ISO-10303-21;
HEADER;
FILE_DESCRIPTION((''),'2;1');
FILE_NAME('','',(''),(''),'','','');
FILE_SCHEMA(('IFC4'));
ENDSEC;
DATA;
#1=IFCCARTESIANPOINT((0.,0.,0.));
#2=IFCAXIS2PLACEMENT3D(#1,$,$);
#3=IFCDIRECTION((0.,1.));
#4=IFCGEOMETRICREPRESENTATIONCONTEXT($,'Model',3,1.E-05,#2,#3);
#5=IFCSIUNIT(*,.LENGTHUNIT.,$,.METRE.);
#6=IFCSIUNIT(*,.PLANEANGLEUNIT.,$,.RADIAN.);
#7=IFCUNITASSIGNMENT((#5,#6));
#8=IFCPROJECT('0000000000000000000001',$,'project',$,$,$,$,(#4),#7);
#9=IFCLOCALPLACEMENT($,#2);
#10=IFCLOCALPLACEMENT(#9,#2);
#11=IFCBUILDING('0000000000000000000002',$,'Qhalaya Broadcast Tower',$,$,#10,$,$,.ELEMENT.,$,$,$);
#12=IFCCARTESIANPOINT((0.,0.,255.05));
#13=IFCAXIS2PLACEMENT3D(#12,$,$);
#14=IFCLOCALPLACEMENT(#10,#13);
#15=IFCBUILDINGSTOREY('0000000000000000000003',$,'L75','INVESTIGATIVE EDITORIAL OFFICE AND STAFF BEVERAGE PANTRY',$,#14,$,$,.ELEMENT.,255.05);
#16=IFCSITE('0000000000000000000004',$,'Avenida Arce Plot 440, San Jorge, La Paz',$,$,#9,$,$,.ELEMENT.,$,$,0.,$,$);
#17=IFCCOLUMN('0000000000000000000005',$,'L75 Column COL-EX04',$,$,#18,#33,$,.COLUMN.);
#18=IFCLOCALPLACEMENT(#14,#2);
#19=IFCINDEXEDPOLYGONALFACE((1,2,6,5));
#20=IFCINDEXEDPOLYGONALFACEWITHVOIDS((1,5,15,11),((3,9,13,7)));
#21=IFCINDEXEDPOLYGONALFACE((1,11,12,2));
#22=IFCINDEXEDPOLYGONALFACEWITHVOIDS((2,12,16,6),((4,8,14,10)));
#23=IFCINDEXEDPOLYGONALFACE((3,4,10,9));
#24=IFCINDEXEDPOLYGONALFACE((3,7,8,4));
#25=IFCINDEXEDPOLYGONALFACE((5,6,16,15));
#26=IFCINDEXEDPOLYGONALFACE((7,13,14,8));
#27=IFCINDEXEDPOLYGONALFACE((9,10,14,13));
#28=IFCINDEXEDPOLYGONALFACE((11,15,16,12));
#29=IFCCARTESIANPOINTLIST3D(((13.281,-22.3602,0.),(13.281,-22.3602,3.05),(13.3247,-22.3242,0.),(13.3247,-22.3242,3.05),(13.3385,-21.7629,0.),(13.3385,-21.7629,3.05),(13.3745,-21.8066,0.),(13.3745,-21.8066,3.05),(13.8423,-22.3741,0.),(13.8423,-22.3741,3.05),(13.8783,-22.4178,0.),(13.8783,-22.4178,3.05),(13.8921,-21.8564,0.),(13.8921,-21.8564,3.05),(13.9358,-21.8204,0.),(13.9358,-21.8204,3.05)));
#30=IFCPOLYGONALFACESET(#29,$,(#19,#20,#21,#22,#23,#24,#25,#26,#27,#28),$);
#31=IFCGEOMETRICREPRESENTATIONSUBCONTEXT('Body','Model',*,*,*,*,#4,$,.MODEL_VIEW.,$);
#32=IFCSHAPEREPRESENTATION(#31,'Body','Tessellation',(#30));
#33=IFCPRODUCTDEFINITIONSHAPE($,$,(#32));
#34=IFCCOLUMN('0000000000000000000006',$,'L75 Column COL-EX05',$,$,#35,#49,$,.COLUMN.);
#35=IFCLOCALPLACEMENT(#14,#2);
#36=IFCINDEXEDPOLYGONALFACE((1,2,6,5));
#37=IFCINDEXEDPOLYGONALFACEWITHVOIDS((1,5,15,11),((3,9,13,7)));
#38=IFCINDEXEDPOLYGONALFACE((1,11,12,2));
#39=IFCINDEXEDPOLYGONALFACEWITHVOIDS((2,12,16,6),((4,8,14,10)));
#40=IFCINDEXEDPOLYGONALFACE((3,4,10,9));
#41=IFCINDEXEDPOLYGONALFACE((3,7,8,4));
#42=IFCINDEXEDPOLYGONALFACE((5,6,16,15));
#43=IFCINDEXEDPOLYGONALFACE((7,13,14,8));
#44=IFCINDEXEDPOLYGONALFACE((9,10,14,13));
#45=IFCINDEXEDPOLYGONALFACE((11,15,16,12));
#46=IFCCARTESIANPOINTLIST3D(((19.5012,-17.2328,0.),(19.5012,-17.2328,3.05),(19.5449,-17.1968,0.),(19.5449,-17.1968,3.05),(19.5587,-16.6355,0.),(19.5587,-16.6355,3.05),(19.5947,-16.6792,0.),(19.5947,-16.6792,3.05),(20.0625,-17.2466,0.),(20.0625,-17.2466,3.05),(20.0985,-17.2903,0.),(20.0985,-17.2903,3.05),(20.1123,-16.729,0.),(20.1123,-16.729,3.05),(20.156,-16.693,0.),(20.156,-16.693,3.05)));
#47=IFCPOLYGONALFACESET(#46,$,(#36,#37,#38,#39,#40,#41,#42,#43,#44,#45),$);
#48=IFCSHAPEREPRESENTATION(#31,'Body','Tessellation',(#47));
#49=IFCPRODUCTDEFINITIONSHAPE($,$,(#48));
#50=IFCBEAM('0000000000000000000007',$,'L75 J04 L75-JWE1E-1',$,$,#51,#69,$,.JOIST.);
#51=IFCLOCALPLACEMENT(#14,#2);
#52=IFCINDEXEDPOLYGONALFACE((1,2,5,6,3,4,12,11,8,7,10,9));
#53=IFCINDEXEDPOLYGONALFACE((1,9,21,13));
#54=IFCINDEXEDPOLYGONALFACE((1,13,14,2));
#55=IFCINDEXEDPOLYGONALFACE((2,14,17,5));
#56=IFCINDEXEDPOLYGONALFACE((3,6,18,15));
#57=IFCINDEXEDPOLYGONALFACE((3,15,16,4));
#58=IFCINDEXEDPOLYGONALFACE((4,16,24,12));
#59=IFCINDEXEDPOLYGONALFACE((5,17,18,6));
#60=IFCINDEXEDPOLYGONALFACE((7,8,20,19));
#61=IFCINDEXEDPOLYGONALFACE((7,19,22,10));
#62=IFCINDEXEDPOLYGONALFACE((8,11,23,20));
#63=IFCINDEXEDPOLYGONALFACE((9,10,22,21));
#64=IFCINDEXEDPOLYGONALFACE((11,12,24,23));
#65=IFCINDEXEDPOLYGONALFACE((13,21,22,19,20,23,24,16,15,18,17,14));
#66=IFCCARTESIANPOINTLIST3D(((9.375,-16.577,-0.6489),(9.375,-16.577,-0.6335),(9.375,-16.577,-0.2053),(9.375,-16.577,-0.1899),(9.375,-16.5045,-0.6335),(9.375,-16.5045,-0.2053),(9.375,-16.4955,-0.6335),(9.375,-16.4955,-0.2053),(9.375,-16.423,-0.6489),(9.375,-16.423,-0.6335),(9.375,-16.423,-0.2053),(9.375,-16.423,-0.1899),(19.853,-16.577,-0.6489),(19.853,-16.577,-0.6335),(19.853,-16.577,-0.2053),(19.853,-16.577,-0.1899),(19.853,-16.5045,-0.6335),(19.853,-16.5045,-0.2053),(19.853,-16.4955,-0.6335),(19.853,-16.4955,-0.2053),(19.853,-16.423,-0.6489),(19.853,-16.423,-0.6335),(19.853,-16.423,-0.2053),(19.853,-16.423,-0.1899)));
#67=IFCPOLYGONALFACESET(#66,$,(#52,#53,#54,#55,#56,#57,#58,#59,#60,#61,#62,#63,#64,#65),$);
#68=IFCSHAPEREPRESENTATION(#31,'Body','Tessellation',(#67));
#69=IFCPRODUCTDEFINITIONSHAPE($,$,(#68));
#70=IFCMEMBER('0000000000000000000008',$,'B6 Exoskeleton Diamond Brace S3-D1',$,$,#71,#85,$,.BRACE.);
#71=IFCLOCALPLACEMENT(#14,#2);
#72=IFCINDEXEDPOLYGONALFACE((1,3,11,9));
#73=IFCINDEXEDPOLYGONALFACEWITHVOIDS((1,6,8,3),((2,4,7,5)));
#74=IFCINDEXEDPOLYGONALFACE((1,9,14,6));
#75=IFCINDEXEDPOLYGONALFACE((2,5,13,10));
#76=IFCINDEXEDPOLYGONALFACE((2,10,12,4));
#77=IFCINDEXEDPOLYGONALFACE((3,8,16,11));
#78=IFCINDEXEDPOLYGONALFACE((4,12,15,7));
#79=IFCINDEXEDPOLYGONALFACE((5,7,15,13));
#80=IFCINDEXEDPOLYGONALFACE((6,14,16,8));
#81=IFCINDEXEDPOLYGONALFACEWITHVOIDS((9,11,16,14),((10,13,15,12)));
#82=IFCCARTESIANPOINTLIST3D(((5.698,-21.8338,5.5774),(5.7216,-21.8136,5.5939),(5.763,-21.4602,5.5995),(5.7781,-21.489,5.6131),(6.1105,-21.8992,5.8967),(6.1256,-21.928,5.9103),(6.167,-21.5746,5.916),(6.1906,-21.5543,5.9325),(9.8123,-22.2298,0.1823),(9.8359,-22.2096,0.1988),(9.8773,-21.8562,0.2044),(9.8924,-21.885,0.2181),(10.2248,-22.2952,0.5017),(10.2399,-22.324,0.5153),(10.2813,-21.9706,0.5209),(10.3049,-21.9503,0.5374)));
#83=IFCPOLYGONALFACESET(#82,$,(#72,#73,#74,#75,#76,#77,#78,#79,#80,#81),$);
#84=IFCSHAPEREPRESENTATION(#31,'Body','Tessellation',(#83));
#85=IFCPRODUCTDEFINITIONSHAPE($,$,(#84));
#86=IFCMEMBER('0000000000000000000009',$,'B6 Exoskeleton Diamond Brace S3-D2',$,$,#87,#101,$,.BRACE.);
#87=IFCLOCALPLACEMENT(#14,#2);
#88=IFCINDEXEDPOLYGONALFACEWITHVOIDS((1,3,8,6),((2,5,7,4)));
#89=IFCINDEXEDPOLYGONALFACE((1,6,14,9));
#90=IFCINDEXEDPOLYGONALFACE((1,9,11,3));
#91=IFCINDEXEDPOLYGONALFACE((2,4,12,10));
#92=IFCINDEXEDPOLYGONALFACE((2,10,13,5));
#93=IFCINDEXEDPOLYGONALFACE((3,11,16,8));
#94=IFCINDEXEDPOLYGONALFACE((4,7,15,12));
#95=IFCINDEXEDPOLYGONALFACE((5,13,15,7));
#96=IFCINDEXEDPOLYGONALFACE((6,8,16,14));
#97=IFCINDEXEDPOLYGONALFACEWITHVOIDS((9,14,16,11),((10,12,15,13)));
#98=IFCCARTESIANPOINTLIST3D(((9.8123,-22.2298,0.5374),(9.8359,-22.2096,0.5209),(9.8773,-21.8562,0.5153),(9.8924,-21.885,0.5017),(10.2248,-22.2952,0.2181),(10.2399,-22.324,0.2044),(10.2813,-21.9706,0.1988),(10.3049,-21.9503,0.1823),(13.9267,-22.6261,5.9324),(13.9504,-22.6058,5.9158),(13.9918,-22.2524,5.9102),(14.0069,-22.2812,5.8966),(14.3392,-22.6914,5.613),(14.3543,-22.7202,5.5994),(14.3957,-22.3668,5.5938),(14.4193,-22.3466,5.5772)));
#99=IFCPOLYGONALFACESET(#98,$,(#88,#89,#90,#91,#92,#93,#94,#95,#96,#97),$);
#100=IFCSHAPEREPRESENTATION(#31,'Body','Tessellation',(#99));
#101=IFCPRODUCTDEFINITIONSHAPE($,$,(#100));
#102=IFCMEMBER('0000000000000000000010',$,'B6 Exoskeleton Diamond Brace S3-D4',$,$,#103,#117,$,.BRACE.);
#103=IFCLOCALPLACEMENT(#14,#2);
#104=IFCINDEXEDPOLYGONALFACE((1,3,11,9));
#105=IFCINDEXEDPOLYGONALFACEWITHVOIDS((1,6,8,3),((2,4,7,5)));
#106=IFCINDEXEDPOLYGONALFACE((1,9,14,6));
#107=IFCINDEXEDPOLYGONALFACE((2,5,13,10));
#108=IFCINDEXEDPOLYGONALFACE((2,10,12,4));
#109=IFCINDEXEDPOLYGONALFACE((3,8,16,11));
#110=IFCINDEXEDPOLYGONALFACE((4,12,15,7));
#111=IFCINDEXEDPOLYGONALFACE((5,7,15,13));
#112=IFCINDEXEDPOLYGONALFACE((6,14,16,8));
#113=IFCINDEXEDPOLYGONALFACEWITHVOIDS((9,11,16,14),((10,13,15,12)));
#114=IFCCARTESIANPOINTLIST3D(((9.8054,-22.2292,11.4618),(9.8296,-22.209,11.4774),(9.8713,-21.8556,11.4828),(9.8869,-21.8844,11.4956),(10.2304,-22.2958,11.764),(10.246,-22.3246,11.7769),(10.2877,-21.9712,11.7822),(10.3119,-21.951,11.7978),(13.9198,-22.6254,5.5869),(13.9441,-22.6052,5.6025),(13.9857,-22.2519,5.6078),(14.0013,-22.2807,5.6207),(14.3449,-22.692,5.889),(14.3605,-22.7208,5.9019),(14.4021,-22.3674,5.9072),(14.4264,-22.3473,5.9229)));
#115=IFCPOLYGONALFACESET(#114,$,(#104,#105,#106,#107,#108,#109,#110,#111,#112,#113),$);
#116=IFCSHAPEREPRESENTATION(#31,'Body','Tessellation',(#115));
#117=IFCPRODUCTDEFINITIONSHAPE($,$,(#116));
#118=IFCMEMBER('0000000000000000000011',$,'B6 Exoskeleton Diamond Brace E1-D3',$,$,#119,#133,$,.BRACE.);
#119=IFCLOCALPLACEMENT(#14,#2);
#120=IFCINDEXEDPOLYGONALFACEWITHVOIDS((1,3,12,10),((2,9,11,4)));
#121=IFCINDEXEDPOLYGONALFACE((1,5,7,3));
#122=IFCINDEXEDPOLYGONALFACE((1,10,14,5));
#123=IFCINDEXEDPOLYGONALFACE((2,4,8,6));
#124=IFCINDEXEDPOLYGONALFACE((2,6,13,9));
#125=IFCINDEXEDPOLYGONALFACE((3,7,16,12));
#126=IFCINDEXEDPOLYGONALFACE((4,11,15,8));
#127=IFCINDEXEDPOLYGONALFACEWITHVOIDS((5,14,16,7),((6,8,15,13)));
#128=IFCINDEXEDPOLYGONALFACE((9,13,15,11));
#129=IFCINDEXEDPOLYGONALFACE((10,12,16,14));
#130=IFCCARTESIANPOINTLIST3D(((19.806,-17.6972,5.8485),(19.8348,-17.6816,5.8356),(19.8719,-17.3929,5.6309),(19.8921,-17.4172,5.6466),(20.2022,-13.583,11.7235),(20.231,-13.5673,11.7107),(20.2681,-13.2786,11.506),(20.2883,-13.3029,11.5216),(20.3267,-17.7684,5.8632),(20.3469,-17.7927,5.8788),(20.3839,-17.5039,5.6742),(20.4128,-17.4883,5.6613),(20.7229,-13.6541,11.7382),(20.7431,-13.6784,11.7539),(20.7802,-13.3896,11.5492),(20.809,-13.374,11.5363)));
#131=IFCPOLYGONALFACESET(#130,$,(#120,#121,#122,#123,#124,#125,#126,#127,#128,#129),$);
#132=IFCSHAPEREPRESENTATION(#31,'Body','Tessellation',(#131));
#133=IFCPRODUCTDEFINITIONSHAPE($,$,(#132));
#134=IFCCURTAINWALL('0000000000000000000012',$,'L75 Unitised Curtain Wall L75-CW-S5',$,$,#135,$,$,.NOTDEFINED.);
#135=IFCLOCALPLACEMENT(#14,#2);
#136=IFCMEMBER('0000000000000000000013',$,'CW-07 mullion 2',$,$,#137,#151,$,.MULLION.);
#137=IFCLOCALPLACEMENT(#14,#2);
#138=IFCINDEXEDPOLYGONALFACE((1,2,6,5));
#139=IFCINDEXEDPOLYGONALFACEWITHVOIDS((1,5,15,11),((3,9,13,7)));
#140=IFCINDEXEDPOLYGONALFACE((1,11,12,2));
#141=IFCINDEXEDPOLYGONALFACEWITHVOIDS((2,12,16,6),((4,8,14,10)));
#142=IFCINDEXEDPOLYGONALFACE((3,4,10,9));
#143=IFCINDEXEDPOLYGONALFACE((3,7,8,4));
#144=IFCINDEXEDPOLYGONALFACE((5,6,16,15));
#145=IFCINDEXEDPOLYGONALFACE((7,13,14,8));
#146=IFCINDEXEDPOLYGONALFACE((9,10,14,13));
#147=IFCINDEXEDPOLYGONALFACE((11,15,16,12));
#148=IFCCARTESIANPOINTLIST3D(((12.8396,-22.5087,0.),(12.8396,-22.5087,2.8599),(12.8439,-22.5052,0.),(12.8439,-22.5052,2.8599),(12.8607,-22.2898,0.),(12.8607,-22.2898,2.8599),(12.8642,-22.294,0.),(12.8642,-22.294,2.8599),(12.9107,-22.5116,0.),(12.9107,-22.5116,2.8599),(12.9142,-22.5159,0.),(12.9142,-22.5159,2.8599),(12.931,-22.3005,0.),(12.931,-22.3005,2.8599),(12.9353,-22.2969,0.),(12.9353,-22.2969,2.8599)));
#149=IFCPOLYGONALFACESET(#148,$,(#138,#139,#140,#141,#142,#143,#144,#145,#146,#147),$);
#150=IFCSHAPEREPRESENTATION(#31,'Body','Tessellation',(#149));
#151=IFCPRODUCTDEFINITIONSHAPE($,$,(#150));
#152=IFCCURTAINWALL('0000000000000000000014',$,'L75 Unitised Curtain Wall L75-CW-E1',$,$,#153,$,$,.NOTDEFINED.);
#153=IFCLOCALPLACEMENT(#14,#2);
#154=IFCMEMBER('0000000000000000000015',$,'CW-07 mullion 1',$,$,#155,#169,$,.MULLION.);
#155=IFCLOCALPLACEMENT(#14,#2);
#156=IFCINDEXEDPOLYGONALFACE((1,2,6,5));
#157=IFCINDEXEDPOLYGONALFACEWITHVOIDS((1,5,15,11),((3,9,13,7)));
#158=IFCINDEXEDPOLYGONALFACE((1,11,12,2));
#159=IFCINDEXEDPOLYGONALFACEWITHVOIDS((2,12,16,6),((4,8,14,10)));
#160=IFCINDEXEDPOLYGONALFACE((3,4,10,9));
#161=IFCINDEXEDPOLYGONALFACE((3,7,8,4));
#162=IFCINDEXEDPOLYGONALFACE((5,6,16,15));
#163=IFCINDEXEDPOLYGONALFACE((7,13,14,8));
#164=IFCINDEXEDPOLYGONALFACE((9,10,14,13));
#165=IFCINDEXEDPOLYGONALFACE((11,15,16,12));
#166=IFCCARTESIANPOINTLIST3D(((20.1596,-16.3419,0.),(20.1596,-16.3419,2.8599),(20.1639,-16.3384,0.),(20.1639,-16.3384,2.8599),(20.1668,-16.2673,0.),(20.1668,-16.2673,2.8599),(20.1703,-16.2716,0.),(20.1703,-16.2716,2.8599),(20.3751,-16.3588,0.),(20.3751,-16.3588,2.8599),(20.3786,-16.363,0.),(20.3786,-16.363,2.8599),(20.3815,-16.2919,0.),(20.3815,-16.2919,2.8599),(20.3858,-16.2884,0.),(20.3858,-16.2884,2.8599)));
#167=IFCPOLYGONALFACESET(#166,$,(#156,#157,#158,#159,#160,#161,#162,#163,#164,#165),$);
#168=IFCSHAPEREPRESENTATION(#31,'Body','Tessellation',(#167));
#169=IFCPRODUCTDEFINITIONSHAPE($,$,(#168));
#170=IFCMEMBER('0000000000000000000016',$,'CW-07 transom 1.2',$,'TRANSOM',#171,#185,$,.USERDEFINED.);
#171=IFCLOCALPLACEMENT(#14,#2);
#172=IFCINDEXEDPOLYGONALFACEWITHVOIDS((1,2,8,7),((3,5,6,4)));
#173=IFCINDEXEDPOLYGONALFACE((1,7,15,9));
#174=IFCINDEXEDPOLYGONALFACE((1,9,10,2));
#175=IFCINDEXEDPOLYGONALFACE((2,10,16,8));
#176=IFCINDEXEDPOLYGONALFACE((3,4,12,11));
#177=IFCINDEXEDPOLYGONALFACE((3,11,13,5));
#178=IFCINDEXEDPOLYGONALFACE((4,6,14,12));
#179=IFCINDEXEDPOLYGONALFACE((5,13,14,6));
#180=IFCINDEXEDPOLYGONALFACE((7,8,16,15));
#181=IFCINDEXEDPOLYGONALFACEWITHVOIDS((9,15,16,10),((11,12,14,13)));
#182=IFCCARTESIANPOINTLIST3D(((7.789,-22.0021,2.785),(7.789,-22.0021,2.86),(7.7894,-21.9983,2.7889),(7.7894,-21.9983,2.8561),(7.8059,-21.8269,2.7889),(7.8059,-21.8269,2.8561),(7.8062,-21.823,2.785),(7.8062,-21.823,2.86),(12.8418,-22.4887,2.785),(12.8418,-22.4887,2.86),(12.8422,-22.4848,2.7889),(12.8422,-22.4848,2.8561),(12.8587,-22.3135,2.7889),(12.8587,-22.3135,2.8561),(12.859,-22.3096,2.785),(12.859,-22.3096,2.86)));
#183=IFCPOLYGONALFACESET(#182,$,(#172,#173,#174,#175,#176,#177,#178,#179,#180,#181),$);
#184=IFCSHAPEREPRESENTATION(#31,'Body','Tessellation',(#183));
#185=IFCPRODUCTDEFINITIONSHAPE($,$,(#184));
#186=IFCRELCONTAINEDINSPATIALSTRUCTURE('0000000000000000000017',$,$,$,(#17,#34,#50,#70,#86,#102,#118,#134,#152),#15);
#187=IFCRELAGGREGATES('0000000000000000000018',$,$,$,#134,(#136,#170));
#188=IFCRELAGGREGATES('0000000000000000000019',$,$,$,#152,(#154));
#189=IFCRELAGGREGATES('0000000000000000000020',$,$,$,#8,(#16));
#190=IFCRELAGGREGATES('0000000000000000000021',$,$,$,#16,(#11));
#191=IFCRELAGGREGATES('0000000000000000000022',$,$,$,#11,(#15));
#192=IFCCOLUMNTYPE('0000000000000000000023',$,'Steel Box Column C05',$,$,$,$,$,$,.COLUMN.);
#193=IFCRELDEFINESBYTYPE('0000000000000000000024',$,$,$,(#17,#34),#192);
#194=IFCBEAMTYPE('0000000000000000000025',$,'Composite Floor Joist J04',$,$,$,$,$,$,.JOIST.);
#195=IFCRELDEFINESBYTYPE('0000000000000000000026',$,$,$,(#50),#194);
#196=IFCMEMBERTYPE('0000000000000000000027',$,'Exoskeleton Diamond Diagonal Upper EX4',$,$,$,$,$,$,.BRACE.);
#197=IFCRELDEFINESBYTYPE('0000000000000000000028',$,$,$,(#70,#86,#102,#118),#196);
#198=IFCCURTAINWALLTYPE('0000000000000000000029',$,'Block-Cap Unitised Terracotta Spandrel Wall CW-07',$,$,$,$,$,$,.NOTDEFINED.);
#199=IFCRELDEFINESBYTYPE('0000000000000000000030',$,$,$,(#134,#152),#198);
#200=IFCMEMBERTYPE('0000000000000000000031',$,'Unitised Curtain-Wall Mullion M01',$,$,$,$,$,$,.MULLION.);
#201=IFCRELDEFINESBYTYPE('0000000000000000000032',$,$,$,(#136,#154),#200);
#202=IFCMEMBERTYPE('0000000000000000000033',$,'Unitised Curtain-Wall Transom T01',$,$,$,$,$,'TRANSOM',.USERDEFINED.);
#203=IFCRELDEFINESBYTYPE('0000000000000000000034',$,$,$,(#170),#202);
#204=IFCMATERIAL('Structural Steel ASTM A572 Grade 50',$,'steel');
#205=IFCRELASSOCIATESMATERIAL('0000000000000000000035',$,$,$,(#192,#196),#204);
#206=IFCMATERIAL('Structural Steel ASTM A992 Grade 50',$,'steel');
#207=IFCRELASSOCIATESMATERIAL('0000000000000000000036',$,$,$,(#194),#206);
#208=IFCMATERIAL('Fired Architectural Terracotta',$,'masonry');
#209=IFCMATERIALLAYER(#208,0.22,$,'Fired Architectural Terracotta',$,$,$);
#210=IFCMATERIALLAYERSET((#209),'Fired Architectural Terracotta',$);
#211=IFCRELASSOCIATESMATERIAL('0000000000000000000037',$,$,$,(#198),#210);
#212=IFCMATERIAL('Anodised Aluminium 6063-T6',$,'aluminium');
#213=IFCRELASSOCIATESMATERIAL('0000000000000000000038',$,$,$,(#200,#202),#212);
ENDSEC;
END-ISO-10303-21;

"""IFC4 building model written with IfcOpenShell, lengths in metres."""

from ifc_helpers import new_model, si_unit, direction, frame, origin, origin_2d, place, context, subcontext, project, spatial, hollow_rectangle, i_section, extrude, material, layer, layer_set, material_profile, profile_set, type_object, element, aggregate, save


model = new_model("IFC4")

# Units and contexts
model_context = context("Model", 3, precision=1e-05, world=origin(), true_north=direction((0.0, 1.0)))
body_context = subcontext(model_context, "Body", "Model", "MODEL_VIEW")
ifc_project = project(units=[si_unit("LENGTHUNIT", "METRE"), si_unit("PLANEANGLEUNIT", "RADIAN")], contexts=[model_context])

# Site, building, storey
site_placement = place(None, origin())
site = spatial("IfcSite", under=ifc_project, at=site_placement, Name="Avenida Arce Plot 440, San Jorge, La Paz", CompositionType="ELEMENT", RefElevation=0.0)
building_placement = place(site_placement, origin())
building = spatial("IfcBuilding", under=site, at=building_placement, Name="Qhalaya Broadcast Tower", CompositionType="ELEMENT")
storey_placement = place(building_placement, frame((0.0, 0.0, 255.05)))
storey = spatial("IfcBuildingStorey", under=building, at=storey_placement, Name="L75", Description="INVESTIGATIVE EDITORIAL OFFICE AND STAFF BEVERAGE PANTRY", CompositionType="ELEMENT", Elevation=255.05)

# Columns
ifc_material_1 = material(Name="Structural Steel ASTM A572 Grade 50", Category="steel")
ifc_material_profile_1 = material_profile(ifc_material_1, hollow_rectangle(XDim=0.6001, YDim=0.6001, WallThickness=0.04, at=origin_2d()), Name="BOX 600x600x40")
ifc_profile_set_1 = profile_set([ifc_material_profile_1], Name="Structural Steel ASTM A572 Grade 50")
column_type = type_object("IfcColumnType", Name="Steel Box Column C05", PredefinedType="COLUMN", material=ifc_profile_set_1)
for number, where, z_axis, x_axis, name in (
    (1, (13.6084, -22.0903, 0.0), (0.0, 0.0, 1.0), (0.995396, -0.095846, 0.0), "L75 Column COL-EX04"),
    (2, (19.8286, -16.9629, 0.0), (0.0, 0.0, 1.0), (0.095846, 0.995396, 0.0), "L75 Column COL-EX05"),
):
    element("IfcColumn", number, at=place(storey_placement, frame(where, z_axis=z_axis, x_axis=x_axis)), inside=storey, type_object=column_type, Name=name, PredefinedType="COLUMN", context=body_context, shape_type="SweptSolid", body=[
        extrude(hollow_rectangle(XDim=0.6001, YDim=0.6001, WallThickness=0.04, at=origin_2d()), origin(), (0.0, 0.0, 1.0), 3.05),
    ])

# Beam
ifc_material_2 = material(Name="Structural Steel ASTM A992 Grade 50", Category="steel")
ifc_material_profile_2 = material_profile(ifc_material_2, i_section(OverallWidth=0.1541, OverallDepth=0.459, WebThickness=0.009, FlangeThickness=0.0154, at=origin_2d()), Name="W18X46")
ifc_profile_set_2 = profile_set([ifc_material_profile_2], Name="Structural Steel ASTM A992 Grade 50")
beam_type_1 = type_object("IfcBeamType", Name="Composite Floor Joist J04", PredefinedType="JOIST", material=ifc_profile_set_2)
beam_1_placement = place(storey_placement, frame((9.375, -16.5, -0.4194), z_axis=(1.0, 0.0, 0.0), x_axis=(0.0, 1.0, 0.0)))
element("IfcBeam", 3, at=beam_1_placement, inside=storey, type_object=beam_type_1, Name="L75 J04 L75-JWE1E-1", PredefinedType="JOIST", context=body_context, shape_type="SweptSolid", body=[
    extrude(i_section(OverallWidth=0.1541, OverallDepth=0.459, WebThickness=0.009, FlangeThickness=0.0154, at=origin_2d()), origin(), (0.0, 0.0, 1.0), 10.478),
])

# Members
ifc_material_profile_3 = material_profile(ifc_material_1, hollow_rectangle(XDim=0.3799, YDim=0.55, WallThickness=0.0249, at=origin_2d()), Name="BOX 380x550x25")
ifc_profile_set_3 = profile_set([ifc_material_profile_3], Name="Structural Steel ASTM A572 Grade 50")
member_type_1 = type_object("IfcMemberType", Name="Exoskeleton Diamond Diagonal Upper EX4", PredefinedType="BRACE", material=ifc_profile_set_3)
for number, where, z_axis, x_axis, name in (
    (4, (10.0586, -22.0901, 0.3599), (-0.605364, 0.058266, 0.793813), (-0.171099, -0.983528, -0.05829), "B6 Exoskeleton Diamond Brace S3-D1"),
    (5, (10.0586, -22.0901, 0.3599), (0.605386, -0.058301, 0.793794), (0.17115, 0.983519, -0.058292), "B6 Exoskeleton Diamond Brace S3-D2"),
):
    element("IfcMember", number, at=place(storey_placement, frame(where, z_axis=z_axis, x_axis=x_axis)), inside=storey, type_object=member_type_1, Name=name, PredefinedType="BRACE", context=body_context, shape_type="SweptSolid", body=[
        extrude(hollow_rectangle(XDim=0.3799, YDim=0.55, WallThickness=0.0249, at=origin_2d()), origin(), (0.0, 0.0, 1.0), 6.7964),
    ])
for number, where, z_axis, x_axis, name in (
    (6, (14.1731, -22.4863, 5.7549), (-0.572776, 0.05516, 0.817854), (-0.173445, -0.983298, -0.055152), "B6 Exoskeleton Diamond Brace S3-D4"),
    (7, (20.1094, -17.5928, 5.7549), (0.055161, 0.572753, 0.81787), (-0.173449, -0.801166, 0.572755), "B6 Exoskeleton Diamond Brace E1-D3"),
):
    element("IfcMember", number, at=place(storey_placement, frame(where, z_axis=z_axis, x_axis=x_axis)), inside=storey, type_object=member_type_1, Name=name, PredefinedType="BRACE", context=body_context, shape_type="SweptSolid", body=[
        extrude(hollow_rectangle(XDim=0.3799, YDim=0.55, WallThickness=0.0249, at=origin_2d()), origin(), (0.0, 0.0, 1.0), 7.1833),
    ])

# Curtain walls, members
ifc_material_3 = material(Name="Fired Architectural Terracotta", Category="masonry")
ifc_layer_1 = layer(ifc_material_3, 0.22, Name="Fired Architectural Terracotta")
ifc_layer_set_1 = layer_set([ifc_layer_1], Name="Fired Architectural Terracotta")
curtain_wall_type = type_object("IfcCurtainWallType", Name="Block-Cap Unitised Terracotta Spandrel Wall CW-07", PredefinedType="NOTDEFINED", material=ifc_layer_set_1)
curtain_wall_1_placement = place(storey_placement, origin())
curtain_wall_1 = element("IfcCurtainWall", 8, at=curtain_wall_1_placement, inside=storey, type_object=curtain_wall_type, Name="L75 Unitised Curtain Wall L75-CW-S5", PredefinedType="NOTDEFINED")
ifc_material_4 = material(Name="Anodised Aluminium 6063-T6", Category="aluminium")
ifc_material_profile_4 = material_profile(ifc_material_4, hollow_rectangle(XDim=0.075, YDim=0.22, WallThickness=0.0039, at=origin_2d()), Name="ALU-MUL 75x220x4")
ifc_profile_set_4 = profile_set([ifc_material_profile_4], Name="Anodised Aluminium 6063-T6")
member_type_2 = type_object("IfcMemberType", Name="Unitised Curtain-Wall Mullion M01", PredefinedType="MULLION", material=ifc_profile_set_4)
member_1_placement = place(storey_placement, frame((12.8875, -22.4028, 0.0), z_axis=(0.0, 0.0, 1.0), x_axis=(0.995396, -0.095848, 0.0)))
member_1 = element("IfcMember", 9, at=member_1_placement, type_object=member_type_2, Name="CW-07 mullion 2", PredefinedType="MULLION", context=body_context, shape_type="SweptSolid", body=[
    extrude(hollow_rectangle(XDim=0.075, YDim=0.22, WallThickness=0.0039, at=origin_2d()), origin(), (0.0, 0.0, 1.0), 2.8599),
])
curtain_wall_2_placement = place(storey_placement, origin())
curtain_wall_2 = element("IfcCurtainWall", 10, at=curtain_wall_2_placement, inside=storey, type_object=curtain_wall_type, Name="L75 Unitised Curtain Wall L75-CW-E1", PredefinedType="NOTDEFINED")
member_2_placement = place(storey_placement, frame((20.2727, -16.3152, 0.0), z_axis=(0.0, 0.0, 1.0), x_axis=(0.095848, 0.995396, 0.0)))
member_2 = element("IfcMember", 11, at=member_2_placement, type_object=member_type_2, Name="CW-07 mullion 1", PredefinedType="MULLION", context=body_context, shape_type="SweptSolid", body=[
    extrude(hollow_rectangle(XDim=0.075, YDim=0.22, WallThickness=0.0039, at=origin_2d()), origin(), (0.0, 0.0, 1.0), 2.8599),
])

# Member
ifc_material_profile_5 = material_profile(ifc_material_4, hollow_rectangle(XDim=0.075, YDim=0.1799, WallThickness=0.0039, at=origin_2d()), Name="ALU-TRN 75x180x4")
ifc_profile_set_5 = profile_set([ifc_material_profile_5], Name="Anodised Aluminium 6063-T6")
member_type_3 = type_object("IfcMemberType", Name="Unitised Curtain-Wall Transom T01", ElementType="TRANSOM", PredefinedType="USERDEFINED", material=ifc_profile_set_5)
member_3_placement = place(storey_placement, frame((7.7976, -21.9126, 2.8225), z_axis=(0.995395, -0.095855, 0.0), x_axis=(0.0, 0.0, 1.0)))
member_3 = element("IfcMember", 12, at=member_3_placement, type_object=member_type_3, Name="CW-07 transom 1.2", ObjectType="TRANSOM", PredefinedType="USERDEFINED", context=body_context, shape_type="SweptSolid", body=[
    extrude(hollow_rectangle(XDim=0.075, YDim=0.1799, WallThickness=0.0039, at=origin_2d()), origin(), (0.0, 0.0, 1.0), 5.0762),
])

aggregate(curtain_wall_1, [member_1, member_3])
aggregate(curtain_wall_2, [member_2])

save(model, "model.ifc")
